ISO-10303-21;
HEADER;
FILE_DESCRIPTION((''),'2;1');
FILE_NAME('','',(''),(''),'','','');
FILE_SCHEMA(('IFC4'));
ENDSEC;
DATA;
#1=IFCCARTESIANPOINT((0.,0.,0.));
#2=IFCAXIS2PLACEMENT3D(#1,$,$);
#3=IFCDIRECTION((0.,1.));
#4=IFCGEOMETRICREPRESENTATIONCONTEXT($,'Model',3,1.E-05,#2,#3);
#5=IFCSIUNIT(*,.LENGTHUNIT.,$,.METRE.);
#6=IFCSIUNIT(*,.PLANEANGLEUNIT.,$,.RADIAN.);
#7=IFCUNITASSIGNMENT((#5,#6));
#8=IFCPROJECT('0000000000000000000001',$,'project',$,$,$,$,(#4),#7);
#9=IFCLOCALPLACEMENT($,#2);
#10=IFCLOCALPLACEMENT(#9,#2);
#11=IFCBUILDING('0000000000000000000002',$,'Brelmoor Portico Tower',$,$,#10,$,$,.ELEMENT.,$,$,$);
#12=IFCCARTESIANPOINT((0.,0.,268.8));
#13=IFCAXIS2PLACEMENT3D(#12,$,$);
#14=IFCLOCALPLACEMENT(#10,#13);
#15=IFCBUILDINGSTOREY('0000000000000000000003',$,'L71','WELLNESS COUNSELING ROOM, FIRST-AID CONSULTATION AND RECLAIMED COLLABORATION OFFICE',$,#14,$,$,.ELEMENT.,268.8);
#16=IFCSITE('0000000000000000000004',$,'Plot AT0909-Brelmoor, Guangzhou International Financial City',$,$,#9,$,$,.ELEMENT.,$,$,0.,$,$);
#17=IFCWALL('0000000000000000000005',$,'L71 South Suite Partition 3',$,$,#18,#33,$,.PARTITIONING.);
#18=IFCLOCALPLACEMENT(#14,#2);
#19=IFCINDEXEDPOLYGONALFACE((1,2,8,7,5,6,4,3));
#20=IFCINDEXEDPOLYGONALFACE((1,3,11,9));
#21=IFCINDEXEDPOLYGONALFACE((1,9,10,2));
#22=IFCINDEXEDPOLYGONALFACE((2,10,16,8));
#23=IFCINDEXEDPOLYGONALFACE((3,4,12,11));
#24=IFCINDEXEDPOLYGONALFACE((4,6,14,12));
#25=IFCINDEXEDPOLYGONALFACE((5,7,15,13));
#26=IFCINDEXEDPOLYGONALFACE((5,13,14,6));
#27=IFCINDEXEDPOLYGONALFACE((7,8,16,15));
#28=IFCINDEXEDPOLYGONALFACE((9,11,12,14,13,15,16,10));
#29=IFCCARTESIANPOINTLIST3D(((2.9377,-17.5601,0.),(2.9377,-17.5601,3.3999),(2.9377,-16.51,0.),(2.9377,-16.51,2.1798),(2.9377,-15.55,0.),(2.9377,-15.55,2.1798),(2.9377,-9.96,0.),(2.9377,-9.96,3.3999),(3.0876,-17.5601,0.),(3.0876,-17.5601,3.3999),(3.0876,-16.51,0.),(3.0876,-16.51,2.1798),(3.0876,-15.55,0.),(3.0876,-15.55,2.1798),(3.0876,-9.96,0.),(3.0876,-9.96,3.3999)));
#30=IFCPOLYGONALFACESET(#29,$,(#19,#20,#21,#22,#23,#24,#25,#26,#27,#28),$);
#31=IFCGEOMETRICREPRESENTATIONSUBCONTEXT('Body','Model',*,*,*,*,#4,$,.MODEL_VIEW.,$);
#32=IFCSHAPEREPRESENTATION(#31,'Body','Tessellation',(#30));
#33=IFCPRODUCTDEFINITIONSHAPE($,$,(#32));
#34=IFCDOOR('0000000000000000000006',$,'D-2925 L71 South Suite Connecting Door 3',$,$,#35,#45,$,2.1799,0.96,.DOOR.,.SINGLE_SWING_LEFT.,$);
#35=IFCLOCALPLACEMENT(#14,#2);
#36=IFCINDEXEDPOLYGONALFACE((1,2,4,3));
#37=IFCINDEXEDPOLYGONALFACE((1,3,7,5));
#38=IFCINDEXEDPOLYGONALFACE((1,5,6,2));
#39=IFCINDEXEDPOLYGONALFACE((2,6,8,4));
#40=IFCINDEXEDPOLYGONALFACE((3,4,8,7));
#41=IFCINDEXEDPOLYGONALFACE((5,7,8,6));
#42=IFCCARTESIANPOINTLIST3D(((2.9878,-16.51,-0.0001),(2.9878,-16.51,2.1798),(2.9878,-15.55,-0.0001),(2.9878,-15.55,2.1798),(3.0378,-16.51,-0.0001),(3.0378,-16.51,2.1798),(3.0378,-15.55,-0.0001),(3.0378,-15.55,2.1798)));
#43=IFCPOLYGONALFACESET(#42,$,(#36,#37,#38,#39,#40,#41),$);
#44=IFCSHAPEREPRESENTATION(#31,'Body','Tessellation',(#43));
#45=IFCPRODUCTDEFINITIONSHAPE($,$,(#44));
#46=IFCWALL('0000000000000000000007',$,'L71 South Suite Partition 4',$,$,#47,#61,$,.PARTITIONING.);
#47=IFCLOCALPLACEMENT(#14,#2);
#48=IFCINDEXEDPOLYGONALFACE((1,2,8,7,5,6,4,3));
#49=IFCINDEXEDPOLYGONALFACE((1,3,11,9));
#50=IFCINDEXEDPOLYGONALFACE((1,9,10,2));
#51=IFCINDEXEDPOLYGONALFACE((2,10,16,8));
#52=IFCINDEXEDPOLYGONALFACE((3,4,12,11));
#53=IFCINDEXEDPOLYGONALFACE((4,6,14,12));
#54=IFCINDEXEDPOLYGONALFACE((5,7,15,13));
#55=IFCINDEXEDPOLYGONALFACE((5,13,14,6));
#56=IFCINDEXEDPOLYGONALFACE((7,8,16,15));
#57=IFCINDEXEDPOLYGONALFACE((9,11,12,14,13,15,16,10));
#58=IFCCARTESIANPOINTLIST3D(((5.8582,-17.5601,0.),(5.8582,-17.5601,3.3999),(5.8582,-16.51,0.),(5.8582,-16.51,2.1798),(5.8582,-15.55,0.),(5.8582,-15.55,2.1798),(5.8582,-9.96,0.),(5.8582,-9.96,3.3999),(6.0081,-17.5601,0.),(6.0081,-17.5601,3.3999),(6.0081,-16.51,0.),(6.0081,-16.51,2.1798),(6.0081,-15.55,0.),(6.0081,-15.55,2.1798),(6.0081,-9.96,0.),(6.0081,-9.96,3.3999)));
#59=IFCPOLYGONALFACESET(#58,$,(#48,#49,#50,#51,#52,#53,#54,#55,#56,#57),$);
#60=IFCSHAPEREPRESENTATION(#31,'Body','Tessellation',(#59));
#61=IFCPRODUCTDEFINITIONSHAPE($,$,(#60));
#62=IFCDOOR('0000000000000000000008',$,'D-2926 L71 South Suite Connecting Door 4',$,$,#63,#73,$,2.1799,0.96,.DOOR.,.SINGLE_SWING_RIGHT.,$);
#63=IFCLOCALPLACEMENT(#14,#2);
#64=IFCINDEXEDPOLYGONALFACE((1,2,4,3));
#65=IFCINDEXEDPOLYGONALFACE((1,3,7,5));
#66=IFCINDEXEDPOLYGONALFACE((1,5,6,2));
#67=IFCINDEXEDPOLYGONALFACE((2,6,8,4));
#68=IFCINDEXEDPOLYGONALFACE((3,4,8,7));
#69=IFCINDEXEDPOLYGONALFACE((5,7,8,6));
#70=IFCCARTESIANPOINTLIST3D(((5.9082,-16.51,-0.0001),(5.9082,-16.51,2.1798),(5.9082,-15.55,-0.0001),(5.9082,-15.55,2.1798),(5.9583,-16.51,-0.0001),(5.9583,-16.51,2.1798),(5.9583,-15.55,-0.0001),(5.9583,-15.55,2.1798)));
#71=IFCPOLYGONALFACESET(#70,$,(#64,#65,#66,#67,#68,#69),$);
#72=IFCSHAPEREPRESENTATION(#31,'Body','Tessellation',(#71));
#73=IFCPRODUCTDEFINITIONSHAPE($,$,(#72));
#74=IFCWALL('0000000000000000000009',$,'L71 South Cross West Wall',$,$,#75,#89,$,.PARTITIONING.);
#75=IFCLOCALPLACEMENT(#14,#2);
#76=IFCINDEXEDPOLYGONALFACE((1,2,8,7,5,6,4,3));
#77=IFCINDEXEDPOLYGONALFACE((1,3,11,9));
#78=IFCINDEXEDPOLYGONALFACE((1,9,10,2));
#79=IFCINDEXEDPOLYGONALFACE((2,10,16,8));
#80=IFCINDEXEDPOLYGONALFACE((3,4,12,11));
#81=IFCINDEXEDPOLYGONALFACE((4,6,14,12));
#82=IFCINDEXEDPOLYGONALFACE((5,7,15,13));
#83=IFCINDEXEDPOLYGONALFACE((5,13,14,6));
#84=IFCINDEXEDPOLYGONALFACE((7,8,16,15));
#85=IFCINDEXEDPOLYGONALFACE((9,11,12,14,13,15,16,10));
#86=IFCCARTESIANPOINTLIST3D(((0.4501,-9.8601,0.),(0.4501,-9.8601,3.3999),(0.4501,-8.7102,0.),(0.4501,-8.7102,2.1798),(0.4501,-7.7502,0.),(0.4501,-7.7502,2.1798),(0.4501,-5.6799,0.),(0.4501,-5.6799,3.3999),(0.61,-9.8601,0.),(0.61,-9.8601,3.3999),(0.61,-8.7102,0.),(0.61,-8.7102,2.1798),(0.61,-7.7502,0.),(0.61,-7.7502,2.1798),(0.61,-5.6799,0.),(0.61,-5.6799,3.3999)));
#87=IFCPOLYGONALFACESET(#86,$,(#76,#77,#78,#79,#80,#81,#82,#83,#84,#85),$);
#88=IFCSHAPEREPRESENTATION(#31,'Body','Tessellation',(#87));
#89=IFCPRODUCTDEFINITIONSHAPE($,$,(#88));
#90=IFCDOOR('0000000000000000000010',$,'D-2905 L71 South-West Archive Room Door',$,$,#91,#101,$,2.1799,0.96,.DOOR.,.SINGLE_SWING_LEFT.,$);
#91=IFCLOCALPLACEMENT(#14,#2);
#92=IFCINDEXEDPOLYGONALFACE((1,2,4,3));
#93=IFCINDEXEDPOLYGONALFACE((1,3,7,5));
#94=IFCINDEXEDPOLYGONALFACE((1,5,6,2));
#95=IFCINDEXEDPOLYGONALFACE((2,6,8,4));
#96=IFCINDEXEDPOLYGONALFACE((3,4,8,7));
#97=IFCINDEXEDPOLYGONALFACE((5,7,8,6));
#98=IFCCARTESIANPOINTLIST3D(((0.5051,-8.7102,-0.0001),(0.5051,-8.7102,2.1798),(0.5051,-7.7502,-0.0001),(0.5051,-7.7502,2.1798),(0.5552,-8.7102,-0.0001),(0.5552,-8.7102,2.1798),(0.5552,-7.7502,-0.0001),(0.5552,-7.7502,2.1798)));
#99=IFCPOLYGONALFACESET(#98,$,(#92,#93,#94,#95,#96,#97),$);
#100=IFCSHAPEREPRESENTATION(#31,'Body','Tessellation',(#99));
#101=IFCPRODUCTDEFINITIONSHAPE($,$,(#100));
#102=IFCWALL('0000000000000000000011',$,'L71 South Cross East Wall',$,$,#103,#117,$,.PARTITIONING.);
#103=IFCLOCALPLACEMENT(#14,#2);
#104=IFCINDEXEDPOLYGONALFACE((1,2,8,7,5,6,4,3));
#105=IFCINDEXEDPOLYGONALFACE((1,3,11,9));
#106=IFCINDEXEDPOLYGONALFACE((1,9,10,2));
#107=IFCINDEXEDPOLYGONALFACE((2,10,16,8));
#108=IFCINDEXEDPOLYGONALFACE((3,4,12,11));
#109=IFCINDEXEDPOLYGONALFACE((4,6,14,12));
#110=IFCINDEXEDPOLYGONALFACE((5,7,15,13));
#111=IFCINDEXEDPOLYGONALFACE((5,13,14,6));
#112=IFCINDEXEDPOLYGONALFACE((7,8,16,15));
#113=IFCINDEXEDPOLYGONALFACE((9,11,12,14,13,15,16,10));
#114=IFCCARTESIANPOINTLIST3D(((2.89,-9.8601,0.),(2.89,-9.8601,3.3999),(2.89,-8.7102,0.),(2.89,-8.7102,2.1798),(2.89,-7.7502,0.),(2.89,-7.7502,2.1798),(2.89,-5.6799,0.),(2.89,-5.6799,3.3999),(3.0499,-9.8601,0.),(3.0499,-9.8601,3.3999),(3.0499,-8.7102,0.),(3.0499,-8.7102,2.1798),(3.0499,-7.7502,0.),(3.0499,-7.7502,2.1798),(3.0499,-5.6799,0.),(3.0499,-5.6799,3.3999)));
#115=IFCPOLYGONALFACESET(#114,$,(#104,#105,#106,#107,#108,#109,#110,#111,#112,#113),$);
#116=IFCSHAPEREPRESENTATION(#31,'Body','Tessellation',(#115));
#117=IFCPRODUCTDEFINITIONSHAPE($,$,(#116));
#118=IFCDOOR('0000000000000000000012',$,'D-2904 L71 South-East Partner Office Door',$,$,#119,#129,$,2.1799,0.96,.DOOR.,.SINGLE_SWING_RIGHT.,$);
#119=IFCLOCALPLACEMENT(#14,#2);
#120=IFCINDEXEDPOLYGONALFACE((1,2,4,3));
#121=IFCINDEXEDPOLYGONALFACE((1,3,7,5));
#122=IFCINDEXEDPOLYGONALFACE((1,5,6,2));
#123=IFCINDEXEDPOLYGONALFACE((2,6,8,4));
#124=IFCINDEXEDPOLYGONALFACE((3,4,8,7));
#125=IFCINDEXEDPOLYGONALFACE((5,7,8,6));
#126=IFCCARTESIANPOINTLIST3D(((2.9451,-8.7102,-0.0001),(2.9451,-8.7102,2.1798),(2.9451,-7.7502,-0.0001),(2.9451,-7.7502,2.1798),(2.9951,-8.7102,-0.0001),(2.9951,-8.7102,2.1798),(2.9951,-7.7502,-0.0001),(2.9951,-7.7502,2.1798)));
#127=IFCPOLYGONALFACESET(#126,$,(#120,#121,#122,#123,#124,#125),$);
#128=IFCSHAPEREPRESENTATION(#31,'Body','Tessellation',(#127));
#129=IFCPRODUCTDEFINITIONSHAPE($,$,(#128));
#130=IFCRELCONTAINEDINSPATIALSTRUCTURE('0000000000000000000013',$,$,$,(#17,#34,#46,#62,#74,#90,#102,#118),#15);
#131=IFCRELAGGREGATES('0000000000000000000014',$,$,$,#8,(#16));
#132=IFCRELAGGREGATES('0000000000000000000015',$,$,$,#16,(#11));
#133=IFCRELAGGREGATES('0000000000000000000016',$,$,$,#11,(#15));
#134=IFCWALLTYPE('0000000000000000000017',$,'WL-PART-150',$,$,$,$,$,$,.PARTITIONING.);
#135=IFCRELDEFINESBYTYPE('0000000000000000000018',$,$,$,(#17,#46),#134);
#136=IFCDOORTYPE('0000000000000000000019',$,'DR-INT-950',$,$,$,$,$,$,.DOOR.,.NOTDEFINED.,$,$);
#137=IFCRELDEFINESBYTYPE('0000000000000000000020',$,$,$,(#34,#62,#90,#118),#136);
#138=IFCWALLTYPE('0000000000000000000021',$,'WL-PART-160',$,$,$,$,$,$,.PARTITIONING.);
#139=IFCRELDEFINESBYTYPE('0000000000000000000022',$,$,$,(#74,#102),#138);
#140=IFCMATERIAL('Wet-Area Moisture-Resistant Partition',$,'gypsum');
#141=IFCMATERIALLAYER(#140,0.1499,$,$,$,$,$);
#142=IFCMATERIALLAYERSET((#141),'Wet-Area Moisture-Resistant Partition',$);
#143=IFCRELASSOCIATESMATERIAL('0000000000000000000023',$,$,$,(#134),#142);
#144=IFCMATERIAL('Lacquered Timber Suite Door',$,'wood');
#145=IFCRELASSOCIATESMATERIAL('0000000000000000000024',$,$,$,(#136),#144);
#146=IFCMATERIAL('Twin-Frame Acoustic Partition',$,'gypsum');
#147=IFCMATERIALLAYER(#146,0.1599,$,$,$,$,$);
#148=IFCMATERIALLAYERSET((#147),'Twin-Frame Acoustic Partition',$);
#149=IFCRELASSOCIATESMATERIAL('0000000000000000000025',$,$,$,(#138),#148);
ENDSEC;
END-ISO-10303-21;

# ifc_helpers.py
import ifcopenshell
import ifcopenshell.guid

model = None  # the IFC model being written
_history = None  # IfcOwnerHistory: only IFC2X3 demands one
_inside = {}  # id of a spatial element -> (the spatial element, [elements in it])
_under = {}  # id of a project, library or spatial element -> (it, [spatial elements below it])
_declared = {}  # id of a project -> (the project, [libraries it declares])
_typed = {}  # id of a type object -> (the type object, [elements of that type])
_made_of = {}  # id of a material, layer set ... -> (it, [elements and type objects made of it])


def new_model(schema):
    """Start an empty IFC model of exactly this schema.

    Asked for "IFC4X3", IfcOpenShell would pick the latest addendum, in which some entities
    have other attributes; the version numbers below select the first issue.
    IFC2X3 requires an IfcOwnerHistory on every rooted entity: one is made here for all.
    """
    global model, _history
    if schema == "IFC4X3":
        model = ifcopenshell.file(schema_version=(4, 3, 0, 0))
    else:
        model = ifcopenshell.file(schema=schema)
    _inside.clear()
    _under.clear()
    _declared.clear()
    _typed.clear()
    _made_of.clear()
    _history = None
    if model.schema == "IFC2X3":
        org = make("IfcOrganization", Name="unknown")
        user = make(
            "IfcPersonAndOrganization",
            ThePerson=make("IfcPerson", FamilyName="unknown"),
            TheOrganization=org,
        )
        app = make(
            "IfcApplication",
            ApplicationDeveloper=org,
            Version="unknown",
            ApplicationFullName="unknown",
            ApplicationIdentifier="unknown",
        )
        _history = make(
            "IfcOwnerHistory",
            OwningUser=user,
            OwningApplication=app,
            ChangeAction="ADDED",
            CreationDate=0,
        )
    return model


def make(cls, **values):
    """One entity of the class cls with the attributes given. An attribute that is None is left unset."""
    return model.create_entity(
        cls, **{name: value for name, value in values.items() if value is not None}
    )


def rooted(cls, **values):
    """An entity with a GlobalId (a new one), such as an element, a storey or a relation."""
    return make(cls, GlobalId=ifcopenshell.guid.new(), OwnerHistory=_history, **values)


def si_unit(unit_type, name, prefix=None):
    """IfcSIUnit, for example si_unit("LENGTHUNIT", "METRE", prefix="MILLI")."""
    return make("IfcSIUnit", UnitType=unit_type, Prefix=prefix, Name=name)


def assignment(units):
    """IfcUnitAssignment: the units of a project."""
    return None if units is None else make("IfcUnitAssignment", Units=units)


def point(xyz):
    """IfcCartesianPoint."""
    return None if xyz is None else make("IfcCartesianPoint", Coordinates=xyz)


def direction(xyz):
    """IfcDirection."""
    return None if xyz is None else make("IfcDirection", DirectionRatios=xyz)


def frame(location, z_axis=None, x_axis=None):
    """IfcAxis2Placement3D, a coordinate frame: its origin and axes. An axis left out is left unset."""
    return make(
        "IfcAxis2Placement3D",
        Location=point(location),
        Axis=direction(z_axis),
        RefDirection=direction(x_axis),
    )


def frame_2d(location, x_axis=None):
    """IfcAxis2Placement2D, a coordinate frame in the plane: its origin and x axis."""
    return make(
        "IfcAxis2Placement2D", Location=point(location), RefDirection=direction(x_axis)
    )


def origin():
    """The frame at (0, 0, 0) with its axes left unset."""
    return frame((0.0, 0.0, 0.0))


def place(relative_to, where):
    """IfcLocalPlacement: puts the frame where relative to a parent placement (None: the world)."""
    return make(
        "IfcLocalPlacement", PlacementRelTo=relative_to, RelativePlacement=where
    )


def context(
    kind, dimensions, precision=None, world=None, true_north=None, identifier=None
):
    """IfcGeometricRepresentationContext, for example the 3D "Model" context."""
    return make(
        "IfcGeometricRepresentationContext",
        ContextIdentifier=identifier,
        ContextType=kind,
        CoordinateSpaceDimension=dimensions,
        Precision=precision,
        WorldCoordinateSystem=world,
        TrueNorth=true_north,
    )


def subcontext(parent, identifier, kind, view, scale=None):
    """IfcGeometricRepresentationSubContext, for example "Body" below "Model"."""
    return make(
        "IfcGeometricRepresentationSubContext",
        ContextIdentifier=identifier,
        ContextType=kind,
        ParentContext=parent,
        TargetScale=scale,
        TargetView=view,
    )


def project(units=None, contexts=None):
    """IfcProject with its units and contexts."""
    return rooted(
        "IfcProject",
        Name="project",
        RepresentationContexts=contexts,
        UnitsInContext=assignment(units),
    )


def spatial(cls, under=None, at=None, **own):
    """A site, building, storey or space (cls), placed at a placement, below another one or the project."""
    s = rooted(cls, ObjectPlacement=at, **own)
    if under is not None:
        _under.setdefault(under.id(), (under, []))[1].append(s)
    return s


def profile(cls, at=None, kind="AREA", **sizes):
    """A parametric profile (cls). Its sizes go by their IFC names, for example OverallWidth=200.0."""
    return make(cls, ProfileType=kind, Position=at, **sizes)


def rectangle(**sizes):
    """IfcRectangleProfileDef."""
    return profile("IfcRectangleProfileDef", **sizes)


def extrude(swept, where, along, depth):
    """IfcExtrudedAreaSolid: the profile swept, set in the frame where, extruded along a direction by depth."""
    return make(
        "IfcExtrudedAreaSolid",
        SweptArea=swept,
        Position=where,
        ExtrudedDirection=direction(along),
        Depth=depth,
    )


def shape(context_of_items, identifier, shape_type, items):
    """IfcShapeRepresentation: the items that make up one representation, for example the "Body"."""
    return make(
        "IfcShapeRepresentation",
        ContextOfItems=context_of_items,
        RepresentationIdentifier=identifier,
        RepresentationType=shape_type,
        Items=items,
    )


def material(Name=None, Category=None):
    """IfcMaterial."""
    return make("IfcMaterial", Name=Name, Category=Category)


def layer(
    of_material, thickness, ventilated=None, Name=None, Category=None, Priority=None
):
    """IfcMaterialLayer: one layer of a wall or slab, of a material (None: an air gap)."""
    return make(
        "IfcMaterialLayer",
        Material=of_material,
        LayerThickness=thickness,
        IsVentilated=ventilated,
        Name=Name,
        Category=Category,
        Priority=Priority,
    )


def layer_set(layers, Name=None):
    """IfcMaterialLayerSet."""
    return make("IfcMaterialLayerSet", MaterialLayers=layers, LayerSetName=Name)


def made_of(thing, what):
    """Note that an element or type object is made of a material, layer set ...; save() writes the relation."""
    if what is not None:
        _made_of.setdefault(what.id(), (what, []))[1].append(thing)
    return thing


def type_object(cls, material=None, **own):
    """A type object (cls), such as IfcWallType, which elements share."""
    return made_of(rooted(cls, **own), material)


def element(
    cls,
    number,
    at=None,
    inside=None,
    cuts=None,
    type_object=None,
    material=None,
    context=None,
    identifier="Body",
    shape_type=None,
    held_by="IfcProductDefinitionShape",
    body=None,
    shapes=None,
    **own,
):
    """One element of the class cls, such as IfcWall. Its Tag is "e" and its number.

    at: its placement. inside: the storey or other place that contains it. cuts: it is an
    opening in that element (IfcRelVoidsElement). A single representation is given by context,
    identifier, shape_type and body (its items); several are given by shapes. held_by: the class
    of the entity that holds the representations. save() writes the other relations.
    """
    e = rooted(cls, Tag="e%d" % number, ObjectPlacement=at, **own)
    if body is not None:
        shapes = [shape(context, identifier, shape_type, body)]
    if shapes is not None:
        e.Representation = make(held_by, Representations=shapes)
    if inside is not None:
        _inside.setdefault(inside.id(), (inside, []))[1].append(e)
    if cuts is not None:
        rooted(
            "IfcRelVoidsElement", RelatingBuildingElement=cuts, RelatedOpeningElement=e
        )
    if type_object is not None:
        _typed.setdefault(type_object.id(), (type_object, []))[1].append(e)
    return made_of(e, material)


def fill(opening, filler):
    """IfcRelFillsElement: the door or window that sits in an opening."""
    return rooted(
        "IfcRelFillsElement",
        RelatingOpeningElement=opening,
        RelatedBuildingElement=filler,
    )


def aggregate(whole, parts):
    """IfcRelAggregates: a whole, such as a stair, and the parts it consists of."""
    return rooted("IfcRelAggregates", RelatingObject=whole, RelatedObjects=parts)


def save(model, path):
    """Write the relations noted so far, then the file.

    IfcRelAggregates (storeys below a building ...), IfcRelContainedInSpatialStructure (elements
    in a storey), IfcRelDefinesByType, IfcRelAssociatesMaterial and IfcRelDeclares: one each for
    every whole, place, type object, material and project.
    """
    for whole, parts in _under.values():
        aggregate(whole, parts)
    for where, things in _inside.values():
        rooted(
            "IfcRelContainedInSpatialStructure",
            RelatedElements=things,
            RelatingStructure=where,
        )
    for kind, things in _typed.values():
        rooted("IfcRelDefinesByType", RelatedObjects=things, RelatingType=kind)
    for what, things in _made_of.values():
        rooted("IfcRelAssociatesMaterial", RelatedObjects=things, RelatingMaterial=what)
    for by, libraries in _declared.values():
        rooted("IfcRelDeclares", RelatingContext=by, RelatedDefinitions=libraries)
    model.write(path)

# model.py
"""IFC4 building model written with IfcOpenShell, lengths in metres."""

from ifc_helpers import new_model, si_unit, direction, frame, frame_2d, origin, place, context, subcontext, project, spatial, rectangle, extrude, material, layer, layer_set, type_object, element, fill, save


model = new_model("IFC4")

# Units and contexts
model_context = context("Model", 3, precision=1e-05, world=origin(), true_north=direction((0.0, 1.0)))
body_context = subcontext(model_context, "Body", "Model", "MODEL_VIEW")
ifc_project = project(units=[si_unit("LENGTHUNIT", "METRE"), si_unit("PLANEANGLEUNIT", "RADIAN")], contexts=[model_context])

# Site, building, storey
site_placement = place(None, origin())
site = spatial("IfcSite", under=ifc_project, at=site_placement, Name="Plot AT0909-Brelmoor, Guangzhou International Financial City", CompositionType="ELEMENT", RefElevation=0.0)
building_placement = place(site_placement, origin())
building = spatial("IfcBuilding", under=site, at=building_placement, Name="Brelmoor Portico Tower", CompositionType="ELEMENT")
storey_placement = place(building_placement, frame((0.0, 0.0, 268.8)))
storey = spatial("IfcBuildingStorey", under=building, at=storey_placement, Name="L71", Description="WELLNESS COUNSELING ROOM, FIRST-AID CONSULTATION AND RECLAIMED COLLABORATION OFFICE", CompositionType="ELEMENT", Elevation=268.8)

# Walls, openings, doors
ifc_material_1 = material(Name="Wet-Area Moisture-Resistant Partition", Category="gypsum")
ifc_layer_1 = layer(ifc_material_1, 0.1499)
ifc_layer_set_1 = layer_set([ifc_layer_1], Name="Wet-Area Moisture-Resistant Partition")
wall_type_1 = type_object("IfcWallType", Name="WL-PART-150", PredefinedType="PARTITIONING", material=ifc_layer_set_1)
wall_1_placement = place(storey_placement, frame((3.0127, -17.5601, 0.0), z_axis=(0.0, 0.0, 1.0), x_axis=(0.0, 1.0, 0.0)))
wall_1 = element("IfcWall", 1, at=wall_1_placement, inside=storey, type_object=wall_type_1, Name="L71 South Suite Partition 3", PredefinedType="PARTITIONING", context=body_context, shape_type="SweptSolid", body=[
    extrude(rectangle(XDim=7.6001, YDim=0.1499, at=frame_2d((3.8, 0.0))), origin(), (0.0, 0.0, 1.0), 3.3999),
])
opening_1_placement = place(wall_1_placement, frame((1.05, 0.0, 0.0)))
opening_1 = element("IfcOpeningElement", 2, at=opening_1_placement, cuts=wall_1, PredefinedType="OPENING", context=body_context, shape_type="SweptSolid", body=[
    extrude(rectangle(XDim=0.96, YDim=2.1799, at=frame_2d((0.48, 1.0898))), frame((0.0, 0.085, 0.0), z_axis=(0.0, -1.0, 0.0), x_axis=(1.0, 0.0, 0.0)), (0.0, 0.0, 1.0), 0.1699),
])
ifc_material_2 = material(Name="Lacquered Timber Suite Door", Category="wood")
door_type_1 = type_object("IfcDoorType", Name="DR-INT-950", OperationType="NOTDEFINED", PredefinedType="DOOR", material=ifc_material_2)
door_1_placement = place(opening_1_placement, origin())
door_1 = element("IfcDoor", 3, at=door_1_placement, inside=storey, type_object=door_type_1, Name="D-2925 L71 South Suite Connecting Door 3", OperationType="SINGLE_SWING_LEFT", OverallHeight=2.1799, OverallWidth=0.96, PredefinedType="DOOR", context=body_context, shape_type="SweptSolid", body=[
    extrude(rectangle(XDim=0.96, YDim=2.1799, at=frame_2d((0.48, 1.0898))), frame((0.0, 0.0249, 0.0), z_axis=(0.0, -1.0, 0.0), x_axis=(1.0, 0.0, 0.0)), (0.0, 0.0, 1.0), 0.05),
])
fill(opening_1, door_1)
wall_2_placement = place(storey_placement, frame((5.9331, -17.5601, 0.0), z_axis=(0.0, 0.0, 1.0), x_axis=(0.0, 1.0, 0.0)))
wall_2 = element("IfcWall", 4, at=wall_2_placement, inside=storey, type_object=wall_type_1, Name="L71 South Suite Partition 4", PredefinedType="PARTITIONING", context=body_context, shape_type="SweptSolid", body=[
    extrude(rectangle(XDim=7.6001, YDim=0.1499, at=frame_2d((3.8, 0.0))), origin(), (0.0, 0.0, 1.0), 3.3999),
])
opening_2_placement = place(wall_2_placement, frame((1.05, 0.0, 0.0)))
opening_2 = element("IfcOpeningElement", 5, at=opening_2_placement, cuts=wall_2, PredefinedType="OPENING", context=body_context, shape_type="SweptSolid", body=[
    extrude(rectangle(XDim=0.96, YDim=2.1799, at=frame_2d((0.48, 1.0898))), frame((0.0, 0.085, 0.0), z_axis=(0.0, -1.0, 0.0), x_axis=(1.0, 0.0, 0.0)), (0.0, 0.0, 1.0), 0.1699),
])
door_2_placement = place(opening_2_placement, origin())
door_2 = element("IfcDoor", 6, at=door_2_placement, inside=storey, type_object=door_type_1, Name="D-2926 L71 South Suite Connecting Door 4", OperationType="SINGLE_SWING_RIGHT", OverallHeight=2.1799, OverallWidth=0.96, PredefinedType="DOOR", context=body_context, shape_type="SweptSolid", body=[
    extrude(rectangle(XDim=0.96, YDim=2.1799, at=frame_2d((0.48, 1.0898))), frame((0.0, 0.0249, 0.0), z_axis=(0.0, -1.0, 0.0), x_axis=(1.0, 0.0, 0.0)), (0.0, 0.0, 1.0), 0.05),
])
fill(opening_2, door_2)
ifc_material_3 = material(Name="Twin-Frame Acoustic Partition", Category="gypsum")
ifc_layer_2 = layer(ifc_material_3, 0.1599)
ifc_layer_set_2 = layer_set([ifc_layer_2], Name="Twin-Frame Acoustic Partition")
wall_type_2 = type_object("IfcWallType", Name="WL-PART-160", PredefinedType="PARTITIONING", material=ifc_layer_set_2)
wall_3_placement = place(storey_placement, frame((0.53, -9.8601, 0.0), z_axis=(0.0, 0.0, 1.0), x_axis=(0.0, 1.0, 0.0)))
wall_3 = element("IfcWall", 7, at=wall_3_placement, inside=storey, type_object=wall_type_2, Name="L71 South Cross West Wall", PredefinedType="PARTITIONING", context=body_context, shape_type="SweptSolid", body=[
    extrude(rectangle(XDim=4.1802, YDim=0.1599, at=frame_2d((2.0901, 0.0))), origin(), (0.0, 0.0, 1.0), 3.3999),
])
opening_3_placement = place(wall_3_placement, frame((1.1499, 0.0, 0.0)))
opening_3 = element("IfcOpeningElement", 8, at=opening_3_placement, cuts=wall_3, PredefinedType="OPENING", context=body_context, shape_type="SweptSolid", body=[
    extrude(rectangle(XDim=0.96, YDim=2.1799, at=frame_2d((0.48, 1.0898))), frame((0.0, 0.0898, 0.0), z_axis=(0.0, -1.0, 0.0), x_axis=(1.0, 0.0, 0.0)), (0.0, 0.0, 1.0), 0.1799),
])
door_3_placement = place(opening_3_placement, origin())
door_3 = element("IfcDoor", 9, at=door_3_placement, inside=storey, type_object=door_type_1, Name="D-2905 L71 South-West Archive Room Door", OperationType="SINGLE_SWING_LEFT", OverallHeight=2.1799, OverallWidth=0.96, PredefinedType="DOOR", context=body_context, shape_type="SweptSolid", body=[
    extrude(rectangle(XDim=0.96, YDim=2.1799, at=frame_2d((0.48, 1.0898))), frame((0.0, 0.0249, 0.0), z_axis=(0.0, -1.0, 0.0), x_axis=(1.0, 0.0, 0.0)), (0.0, 0.0, 1.0), 0.05),
])
fill(opening_3, door_3)
wall_4_placement = place(storey_placement, frame((2.97, -9.8601, 0.0), z_axis=(0.0, 0.0, 1.0), x_axis=(0.0, 1.0, 0.0)))
wall_4 = element("IfcWall", 10, at=wall_4_placement, inside=storey, type_object=wall_type_2, Name="L71 South Cross East Wall", PredefinedType="PARTITIONING", context=body_context, shape_type="SweptSolid", body=[
    extrude(rectangle(XDim=4.1802, YDim=0.1599, at=frame_2d((2.0901, 0.0))), origin(), (0.0, 0.0, 1.0), 3.3999),
])
opening_4_placement = place(wall_4_placement, frame((1.1499, 0.0, 0.0)))
opening_4 = element("IfcOpeningElement", 11, at=opening_4_placement, cuts=wall_4, PredefinedType="OPENING", context=body_context, shape_type="SweptSolid", body=[
    extrude(rectangle(XDim=0.96, YDim=2.1799, at=frame_2d((0.48, 1.0898))), frame((0.0, 0.0898, 0.0), z_axis=(0.0, -1.0, 0.0), x_axis=(1.0, 0.0, 0.0)), (0.0, 0.0, 1.0), 0.1799),
])
door_4_placement = place(opening_4_placement, origin())
door_4 = element("IfcDoor", 12, at=door_4_placement, inside=storey, type_object=door_type_1, Name="D-2904 L71 South-East Partner Office Door", OperationType="SINGLE_SWING_RIGHT", OverallHeight=2.1799, OverallWidth=0.96, PredefinedType="DOOR", context=body_context, shape_type="SweptSolid", body=[
    extrude(rectangle(XDim=0.96, YDim=2.1799, at=frame_2d((0.48, 1.0898))), frame((0.0, 0.0249, 0.0), z_axis=(0.0, -1.0, 0.0), x_axis=(1.0, 0.0, 0.0)), (0.0, 0.0, 1.0), 0.05),
])
fill(opening_4, door_4)

save(model, "model.ifc")
